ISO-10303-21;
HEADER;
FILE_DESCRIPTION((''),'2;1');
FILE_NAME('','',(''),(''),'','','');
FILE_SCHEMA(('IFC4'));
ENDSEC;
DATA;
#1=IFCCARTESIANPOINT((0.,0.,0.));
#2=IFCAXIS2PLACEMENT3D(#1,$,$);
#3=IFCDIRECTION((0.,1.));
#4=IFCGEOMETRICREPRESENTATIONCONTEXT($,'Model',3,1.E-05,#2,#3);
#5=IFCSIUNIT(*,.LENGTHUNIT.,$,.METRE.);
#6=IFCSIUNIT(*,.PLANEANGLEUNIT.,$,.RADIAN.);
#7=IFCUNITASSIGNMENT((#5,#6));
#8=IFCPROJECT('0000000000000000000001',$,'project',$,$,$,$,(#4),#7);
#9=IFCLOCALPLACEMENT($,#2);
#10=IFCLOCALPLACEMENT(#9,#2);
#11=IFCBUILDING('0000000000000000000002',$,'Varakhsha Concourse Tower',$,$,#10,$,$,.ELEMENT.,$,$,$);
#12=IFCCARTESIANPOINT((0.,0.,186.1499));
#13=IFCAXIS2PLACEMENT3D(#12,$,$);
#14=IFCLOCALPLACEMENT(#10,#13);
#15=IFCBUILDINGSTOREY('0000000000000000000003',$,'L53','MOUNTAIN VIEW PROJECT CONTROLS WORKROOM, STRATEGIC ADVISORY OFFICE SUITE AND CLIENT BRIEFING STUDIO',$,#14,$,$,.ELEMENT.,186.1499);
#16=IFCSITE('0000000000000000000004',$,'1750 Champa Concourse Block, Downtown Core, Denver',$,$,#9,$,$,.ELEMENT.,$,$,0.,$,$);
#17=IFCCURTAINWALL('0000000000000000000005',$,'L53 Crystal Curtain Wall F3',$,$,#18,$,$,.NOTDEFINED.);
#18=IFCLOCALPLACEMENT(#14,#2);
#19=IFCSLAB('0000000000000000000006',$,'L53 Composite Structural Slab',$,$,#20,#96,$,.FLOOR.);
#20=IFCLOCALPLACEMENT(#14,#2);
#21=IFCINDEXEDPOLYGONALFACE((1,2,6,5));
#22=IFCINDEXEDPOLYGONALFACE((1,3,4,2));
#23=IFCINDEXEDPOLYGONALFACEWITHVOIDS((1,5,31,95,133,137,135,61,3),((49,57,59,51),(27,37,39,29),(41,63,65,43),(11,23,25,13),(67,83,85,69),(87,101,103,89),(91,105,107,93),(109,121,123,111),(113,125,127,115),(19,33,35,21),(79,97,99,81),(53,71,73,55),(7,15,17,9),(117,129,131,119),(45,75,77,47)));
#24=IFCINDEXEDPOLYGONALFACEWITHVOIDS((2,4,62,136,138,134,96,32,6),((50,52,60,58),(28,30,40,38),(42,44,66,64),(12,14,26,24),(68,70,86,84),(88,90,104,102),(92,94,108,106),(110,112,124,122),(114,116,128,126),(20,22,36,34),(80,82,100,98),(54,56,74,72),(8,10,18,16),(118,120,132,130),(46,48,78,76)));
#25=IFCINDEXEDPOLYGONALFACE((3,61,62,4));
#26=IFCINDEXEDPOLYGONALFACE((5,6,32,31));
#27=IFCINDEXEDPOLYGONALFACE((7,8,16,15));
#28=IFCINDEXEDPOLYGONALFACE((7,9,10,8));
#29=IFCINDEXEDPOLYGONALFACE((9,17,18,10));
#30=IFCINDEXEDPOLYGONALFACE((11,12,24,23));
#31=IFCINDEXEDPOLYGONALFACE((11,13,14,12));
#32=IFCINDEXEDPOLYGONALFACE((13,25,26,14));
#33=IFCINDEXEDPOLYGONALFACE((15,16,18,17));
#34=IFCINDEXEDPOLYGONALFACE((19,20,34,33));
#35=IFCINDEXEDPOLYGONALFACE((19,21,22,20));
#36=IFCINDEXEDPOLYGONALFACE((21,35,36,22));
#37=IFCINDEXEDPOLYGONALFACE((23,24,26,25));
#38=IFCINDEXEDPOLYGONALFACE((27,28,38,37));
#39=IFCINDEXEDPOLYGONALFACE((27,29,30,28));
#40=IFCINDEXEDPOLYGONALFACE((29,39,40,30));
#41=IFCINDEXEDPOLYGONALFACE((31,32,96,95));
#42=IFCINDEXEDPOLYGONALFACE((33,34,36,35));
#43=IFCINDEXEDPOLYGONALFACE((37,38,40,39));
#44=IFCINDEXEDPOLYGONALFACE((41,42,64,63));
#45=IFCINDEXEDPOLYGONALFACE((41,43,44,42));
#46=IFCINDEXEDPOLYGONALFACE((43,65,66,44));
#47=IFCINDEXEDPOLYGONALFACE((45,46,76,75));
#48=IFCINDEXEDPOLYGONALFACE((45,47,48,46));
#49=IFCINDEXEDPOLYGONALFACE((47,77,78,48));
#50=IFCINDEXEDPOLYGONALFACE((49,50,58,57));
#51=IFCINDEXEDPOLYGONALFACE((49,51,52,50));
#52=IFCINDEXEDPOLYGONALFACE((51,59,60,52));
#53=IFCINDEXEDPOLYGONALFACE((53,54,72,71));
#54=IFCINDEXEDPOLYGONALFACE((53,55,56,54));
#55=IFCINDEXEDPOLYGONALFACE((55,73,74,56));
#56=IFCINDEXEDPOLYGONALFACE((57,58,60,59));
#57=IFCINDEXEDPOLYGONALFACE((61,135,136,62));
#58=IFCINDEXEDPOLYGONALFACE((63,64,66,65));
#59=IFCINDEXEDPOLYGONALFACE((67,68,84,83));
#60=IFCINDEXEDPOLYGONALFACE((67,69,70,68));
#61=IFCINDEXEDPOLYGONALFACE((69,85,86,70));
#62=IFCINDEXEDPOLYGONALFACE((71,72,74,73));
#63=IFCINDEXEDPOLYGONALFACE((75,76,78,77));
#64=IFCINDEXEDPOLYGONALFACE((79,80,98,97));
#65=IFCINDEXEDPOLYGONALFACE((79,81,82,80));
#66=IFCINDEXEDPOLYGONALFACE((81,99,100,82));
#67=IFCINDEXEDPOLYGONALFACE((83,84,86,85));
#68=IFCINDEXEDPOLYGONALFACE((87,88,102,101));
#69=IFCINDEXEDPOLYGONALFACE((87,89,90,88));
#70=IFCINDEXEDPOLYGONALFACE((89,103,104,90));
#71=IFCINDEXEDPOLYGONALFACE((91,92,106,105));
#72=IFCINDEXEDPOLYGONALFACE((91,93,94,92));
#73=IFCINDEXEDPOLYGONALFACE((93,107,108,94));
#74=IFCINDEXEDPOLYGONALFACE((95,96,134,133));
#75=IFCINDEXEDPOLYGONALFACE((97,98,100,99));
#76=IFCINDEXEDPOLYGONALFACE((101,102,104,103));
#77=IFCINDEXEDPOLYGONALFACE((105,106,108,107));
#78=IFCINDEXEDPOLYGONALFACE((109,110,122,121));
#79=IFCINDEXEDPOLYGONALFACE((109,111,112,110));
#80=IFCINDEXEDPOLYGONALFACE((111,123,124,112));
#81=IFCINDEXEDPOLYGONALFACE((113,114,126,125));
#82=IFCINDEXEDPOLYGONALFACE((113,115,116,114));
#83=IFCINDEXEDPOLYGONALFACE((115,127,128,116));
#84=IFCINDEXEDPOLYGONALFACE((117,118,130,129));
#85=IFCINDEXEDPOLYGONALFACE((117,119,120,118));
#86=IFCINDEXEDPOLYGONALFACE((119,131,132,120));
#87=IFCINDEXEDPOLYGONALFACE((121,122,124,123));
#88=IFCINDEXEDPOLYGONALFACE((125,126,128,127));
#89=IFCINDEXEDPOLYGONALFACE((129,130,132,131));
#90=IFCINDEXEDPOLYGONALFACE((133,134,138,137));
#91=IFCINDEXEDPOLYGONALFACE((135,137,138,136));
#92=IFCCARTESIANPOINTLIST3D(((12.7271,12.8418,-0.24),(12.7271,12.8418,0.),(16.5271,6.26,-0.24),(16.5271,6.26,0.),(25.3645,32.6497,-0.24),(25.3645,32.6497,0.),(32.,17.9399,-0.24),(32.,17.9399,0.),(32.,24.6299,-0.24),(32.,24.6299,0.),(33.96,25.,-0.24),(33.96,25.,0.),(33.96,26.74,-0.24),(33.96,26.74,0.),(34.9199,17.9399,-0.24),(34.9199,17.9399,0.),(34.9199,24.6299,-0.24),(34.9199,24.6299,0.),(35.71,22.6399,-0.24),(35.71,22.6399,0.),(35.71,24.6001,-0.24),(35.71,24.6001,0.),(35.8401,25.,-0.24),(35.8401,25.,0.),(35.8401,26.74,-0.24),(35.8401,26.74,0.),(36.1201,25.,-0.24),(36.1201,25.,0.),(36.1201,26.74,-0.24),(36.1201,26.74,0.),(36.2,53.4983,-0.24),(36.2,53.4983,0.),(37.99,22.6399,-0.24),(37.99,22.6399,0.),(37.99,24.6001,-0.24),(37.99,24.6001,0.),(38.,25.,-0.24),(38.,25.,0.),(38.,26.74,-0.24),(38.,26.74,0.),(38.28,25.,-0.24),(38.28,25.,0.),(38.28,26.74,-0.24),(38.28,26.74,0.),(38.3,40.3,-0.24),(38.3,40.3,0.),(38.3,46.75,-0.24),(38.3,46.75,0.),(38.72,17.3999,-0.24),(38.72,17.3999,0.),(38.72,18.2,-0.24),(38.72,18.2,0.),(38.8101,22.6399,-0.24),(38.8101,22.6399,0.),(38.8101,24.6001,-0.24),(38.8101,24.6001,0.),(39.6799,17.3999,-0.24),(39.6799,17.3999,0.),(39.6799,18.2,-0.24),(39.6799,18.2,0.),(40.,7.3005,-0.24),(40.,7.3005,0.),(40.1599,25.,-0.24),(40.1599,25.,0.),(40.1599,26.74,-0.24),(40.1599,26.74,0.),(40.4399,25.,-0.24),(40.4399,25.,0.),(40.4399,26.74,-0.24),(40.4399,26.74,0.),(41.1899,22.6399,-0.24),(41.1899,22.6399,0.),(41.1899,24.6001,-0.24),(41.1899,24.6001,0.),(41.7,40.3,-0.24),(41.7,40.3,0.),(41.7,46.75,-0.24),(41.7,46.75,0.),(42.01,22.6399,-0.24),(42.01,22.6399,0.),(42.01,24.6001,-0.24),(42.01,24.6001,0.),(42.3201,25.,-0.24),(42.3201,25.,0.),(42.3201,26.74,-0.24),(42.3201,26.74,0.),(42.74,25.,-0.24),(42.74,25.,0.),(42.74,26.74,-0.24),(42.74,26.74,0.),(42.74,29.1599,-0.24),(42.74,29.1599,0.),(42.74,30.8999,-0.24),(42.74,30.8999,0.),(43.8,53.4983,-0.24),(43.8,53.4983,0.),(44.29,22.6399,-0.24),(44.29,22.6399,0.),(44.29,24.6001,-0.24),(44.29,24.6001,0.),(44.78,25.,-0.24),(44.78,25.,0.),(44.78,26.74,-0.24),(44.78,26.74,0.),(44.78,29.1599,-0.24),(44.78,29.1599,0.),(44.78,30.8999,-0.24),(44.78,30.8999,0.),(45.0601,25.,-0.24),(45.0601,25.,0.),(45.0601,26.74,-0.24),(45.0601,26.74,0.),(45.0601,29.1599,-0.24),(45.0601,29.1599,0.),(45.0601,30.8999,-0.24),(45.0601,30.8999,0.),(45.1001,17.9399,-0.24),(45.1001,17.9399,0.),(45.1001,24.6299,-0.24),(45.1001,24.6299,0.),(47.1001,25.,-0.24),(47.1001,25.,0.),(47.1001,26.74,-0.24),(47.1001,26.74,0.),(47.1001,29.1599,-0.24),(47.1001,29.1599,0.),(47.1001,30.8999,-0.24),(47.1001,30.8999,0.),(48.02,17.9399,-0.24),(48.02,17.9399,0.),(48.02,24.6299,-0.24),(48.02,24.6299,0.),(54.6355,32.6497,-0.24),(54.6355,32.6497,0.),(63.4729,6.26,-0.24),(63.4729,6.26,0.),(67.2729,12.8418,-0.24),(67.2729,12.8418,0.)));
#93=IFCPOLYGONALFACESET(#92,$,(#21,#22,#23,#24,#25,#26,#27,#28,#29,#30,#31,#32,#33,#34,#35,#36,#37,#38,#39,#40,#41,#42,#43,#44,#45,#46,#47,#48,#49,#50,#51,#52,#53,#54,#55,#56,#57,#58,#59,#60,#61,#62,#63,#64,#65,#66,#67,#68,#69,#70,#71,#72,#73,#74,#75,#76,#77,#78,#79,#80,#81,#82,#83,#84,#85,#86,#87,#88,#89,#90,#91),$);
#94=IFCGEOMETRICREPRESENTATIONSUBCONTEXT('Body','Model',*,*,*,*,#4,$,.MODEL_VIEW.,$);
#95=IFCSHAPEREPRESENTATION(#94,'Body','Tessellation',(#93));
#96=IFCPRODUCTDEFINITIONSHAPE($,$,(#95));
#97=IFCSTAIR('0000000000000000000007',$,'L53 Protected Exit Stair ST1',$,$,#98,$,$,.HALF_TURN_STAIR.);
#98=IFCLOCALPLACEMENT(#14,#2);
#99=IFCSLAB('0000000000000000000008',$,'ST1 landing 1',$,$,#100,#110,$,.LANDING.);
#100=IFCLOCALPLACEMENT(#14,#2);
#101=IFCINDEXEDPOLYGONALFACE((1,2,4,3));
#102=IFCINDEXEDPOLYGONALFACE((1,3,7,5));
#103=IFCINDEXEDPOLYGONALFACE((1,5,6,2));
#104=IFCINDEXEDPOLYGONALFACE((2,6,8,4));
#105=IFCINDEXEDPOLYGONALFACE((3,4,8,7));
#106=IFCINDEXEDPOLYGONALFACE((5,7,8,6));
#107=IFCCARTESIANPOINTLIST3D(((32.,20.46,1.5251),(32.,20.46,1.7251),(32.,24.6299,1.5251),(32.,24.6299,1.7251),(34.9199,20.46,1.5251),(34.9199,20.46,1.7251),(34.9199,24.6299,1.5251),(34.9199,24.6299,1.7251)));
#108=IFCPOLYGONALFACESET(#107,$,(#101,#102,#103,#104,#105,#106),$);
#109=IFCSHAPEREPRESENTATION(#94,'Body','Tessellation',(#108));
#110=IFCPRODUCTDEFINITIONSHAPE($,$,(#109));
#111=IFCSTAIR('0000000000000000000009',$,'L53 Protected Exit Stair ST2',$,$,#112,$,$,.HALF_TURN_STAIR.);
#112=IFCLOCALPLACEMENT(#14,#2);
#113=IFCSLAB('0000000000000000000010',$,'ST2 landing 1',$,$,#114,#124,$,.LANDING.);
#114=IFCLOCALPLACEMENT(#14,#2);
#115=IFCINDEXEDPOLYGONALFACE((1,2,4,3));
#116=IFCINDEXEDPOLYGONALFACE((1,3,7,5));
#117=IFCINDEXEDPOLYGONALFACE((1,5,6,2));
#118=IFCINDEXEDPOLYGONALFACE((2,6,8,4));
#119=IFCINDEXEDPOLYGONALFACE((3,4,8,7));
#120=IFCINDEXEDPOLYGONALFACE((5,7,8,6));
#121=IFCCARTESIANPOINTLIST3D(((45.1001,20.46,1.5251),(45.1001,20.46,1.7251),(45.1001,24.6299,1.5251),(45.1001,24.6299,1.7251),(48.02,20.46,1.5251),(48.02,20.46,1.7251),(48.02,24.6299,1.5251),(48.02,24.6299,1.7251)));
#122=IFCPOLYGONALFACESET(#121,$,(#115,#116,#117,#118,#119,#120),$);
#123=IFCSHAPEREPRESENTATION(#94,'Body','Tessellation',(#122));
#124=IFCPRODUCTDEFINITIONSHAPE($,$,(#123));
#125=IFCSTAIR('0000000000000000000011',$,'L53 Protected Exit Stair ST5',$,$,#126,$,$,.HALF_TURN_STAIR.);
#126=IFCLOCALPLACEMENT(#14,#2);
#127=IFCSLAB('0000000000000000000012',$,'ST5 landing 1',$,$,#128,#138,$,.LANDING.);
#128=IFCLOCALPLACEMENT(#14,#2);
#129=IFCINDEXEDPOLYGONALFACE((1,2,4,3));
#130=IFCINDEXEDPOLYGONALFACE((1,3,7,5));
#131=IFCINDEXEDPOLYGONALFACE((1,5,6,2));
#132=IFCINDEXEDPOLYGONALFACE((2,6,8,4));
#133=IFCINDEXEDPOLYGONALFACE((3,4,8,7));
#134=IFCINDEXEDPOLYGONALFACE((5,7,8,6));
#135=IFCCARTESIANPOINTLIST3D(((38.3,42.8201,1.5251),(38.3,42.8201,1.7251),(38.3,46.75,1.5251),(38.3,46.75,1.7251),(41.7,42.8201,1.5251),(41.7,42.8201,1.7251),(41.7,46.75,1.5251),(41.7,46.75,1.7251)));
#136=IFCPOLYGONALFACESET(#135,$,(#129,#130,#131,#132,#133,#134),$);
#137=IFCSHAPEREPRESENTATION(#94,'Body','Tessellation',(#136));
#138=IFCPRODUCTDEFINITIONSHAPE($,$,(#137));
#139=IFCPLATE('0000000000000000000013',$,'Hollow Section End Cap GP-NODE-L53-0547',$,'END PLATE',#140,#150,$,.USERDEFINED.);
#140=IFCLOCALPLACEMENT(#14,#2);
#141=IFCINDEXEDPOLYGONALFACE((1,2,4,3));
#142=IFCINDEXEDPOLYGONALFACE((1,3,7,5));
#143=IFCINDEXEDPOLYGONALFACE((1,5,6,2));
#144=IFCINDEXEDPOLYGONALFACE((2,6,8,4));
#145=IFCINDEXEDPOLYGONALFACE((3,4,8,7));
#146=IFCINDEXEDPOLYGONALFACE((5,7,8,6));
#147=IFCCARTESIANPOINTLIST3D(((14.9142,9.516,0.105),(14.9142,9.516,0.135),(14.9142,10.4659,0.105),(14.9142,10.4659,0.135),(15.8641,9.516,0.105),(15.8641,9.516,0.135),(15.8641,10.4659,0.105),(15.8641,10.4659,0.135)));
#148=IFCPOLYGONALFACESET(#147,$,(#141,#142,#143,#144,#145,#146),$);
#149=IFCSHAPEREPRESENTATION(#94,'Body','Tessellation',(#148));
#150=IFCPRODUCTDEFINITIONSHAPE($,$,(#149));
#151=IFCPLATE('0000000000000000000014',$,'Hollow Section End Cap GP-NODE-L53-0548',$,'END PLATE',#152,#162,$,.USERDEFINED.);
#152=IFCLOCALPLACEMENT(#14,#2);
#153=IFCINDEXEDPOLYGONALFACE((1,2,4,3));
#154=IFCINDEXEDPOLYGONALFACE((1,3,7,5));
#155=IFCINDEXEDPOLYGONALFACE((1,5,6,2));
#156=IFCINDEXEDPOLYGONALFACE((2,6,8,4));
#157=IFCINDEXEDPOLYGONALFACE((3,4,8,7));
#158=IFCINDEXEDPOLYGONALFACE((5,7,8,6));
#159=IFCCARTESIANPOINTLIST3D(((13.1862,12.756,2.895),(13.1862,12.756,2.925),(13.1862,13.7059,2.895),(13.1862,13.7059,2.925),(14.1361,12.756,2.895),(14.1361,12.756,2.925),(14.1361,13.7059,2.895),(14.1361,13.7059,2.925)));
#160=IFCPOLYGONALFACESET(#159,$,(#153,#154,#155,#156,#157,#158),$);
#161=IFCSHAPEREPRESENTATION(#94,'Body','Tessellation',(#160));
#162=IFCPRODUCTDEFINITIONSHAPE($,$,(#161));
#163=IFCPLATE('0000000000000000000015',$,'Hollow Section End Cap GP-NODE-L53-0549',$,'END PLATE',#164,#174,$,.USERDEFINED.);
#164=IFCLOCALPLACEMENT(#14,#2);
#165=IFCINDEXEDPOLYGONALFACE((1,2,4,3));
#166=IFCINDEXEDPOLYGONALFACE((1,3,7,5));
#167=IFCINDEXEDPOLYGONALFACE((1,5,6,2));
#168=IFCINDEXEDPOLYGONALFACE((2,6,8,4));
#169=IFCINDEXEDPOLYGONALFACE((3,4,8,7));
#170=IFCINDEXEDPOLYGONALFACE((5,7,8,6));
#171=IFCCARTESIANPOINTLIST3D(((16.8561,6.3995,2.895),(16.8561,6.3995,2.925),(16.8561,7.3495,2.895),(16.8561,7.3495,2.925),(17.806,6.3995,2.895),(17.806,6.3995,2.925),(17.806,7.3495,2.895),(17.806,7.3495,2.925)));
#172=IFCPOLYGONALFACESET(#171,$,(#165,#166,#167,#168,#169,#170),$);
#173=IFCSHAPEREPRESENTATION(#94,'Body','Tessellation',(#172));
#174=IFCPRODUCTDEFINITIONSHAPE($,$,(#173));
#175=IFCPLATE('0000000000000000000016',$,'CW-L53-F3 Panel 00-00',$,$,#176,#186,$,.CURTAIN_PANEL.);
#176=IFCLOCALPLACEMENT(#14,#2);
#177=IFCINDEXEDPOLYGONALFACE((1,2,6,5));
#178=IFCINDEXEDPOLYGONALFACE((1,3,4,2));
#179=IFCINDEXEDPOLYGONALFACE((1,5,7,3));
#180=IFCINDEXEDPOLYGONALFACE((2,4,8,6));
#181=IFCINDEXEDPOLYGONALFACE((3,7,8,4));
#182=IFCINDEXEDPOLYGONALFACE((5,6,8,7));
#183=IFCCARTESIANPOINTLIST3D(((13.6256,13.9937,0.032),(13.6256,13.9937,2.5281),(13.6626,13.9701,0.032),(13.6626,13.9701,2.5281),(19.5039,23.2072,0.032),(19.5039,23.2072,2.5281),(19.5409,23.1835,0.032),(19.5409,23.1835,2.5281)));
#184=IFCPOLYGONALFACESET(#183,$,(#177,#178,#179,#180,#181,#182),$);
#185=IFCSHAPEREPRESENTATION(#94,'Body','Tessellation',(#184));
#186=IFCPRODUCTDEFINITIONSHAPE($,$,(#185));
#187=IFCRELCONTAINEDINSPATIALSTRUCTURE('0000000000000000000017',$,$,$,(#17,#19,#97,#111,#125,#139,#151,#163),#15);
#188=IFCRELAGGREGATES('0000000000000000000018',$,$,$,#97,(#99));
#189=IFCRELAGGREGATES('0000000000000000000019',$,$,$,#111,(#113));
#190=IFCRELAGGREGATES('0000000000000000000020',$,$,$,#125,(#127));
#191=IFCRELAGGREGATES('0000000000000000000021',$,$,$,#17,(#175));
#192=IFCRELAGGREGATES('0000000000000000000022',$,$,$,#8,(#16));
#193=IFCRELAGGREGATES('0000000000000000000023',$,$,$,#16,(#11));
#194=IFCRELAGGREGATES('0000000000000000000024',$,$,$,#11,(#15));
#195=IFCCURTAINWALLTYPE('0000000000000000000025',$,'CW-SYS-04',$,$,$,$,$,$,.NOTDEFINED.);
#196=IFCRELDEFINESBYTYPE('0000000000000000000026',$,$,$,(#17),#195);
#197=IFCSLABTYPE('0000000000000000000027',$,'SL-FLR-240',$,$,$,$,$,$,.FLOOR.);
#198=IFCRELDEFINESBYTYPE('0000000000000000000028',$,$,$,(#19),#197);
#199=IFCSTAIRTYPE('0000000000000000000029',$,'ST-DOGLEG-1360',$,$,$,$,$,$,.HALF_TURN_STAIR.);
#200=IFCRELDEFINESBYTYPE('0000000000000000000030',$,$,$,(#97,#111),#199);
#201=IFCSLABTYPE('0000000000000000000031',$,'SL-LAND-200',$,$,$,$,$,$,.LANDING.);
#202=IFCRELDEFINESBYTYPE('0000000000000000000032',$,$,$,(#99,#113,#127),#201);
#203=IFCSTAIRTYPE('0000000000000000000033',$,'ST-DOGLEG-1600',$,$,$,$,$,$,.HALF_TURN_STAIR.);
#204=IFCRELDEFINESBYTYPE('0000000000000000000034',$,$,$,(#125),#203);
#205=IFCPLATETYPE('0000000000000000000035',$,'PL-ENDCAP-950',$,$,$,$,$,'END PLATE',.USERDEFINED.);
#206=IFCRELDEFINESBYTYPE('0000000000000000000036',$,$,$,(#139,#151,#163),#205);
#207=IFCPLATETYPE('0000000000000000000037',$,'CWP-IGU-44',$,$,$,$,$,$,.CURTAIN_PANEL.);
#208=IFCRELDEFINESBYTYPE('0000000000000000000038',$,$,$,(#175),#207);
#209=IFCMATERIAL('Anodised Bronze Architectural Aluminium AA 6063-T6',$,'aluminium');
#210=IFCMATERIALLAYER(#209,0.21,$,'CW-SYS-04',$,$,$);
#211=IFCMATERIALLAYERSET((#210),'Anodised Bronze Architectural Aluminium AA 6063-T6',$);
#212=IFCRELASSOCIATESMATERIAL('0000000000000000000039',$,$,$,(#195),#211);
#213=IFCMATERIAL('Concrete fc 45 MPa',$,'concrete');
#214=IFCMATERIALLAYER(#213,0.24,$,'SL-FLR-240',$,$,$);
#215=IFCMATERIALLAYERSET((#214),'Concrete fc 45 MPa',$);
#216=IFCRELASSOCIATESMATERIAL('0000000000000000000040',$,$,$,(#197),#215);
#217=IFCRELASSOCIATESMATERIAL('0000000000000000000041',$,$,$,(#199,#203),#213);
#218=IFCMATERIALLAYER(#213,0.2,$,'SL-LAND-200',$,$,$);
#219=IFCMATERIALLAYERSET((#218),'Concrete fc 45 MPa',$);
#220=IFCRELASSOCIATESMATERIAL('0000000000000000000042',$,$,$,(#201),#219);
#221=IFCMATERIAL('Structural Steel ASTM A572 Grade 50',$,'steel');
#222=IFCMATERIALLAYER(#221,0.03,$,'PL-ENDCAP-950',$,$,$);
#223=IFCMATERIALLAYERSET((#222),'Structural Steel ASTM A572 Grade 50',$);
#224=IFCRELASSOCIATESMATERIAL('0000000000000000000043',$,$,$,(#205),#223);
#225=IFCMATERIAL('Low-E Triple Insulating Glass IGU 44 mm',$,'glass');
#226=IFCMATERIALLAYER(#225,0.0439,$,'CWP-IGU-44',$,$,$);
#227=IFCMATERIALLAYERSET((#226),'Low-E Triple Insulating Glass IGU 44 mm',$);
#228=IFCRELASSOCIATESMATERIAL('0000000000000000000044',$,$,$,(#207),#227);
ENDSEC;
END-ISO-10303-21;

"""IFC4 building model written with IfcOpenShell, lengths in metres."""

from ifc_helpers import new_model, si_unit, direction, frame, origin, origin_2d, place, context, subcontext, project, spatial, polyline, rectangle, outline, extrude, source, transform, mapped, material, layer, layer_set, type_object, type_shapes, element, aggregate, save


model = new_model("IFC4")

# Units and contexts
model_context = context("Model", 3, precision=1e-05, world=origin(), true_north=direction((0.0, 1.0)))
body_context = subcontext(model_context, "Body", "Model", "MODEL_VIEW")
ifc_project = project(units=[si_unit("LENGTHUNIT", "METRE"), si_unit("PLANEANGLEUNIT", "RADIAN")], contexts=[model_context])

# Site, building, storey
site_placement = place(None, origin())
site = spatial("IfcSite", under=ifc_project, at=site_placement, Name="1750 Champa Concourse Block, Downtown Core, Denver", CompositionType="ELEMENT", RefElevation=0.0)
building_placement = place(site_placement, origin())
building = spatial("IfcBuilding", under=site, at=building_placement, Name="Varakhsha Concourse Tower", CompositionType="ELEMENT")
storey_placement = place(building_placement, frame((0.0, 0.0, 186.1499)))
storey = spatial("IfcBuildingStorey", under=building, at=storey_placement, Name="L53", Description="MOUNTAIN VIEW PROJECT CONTROLS WORKROOM, STRATEGIC ADVISORY OFFICE SUITE AND CLIENT BRIEFING STUDIO", CompositionType="ELEMENT", Elevation=186.1499)

# Shared definitions
ifc_material_1 = material(Name="Structural Steel ASTM A572 Grade 50", Category="steel")

# Curtain wall
ifc_material_2 = material(Name="Anodised Bronze Architectural Aluminium AA 6063-T6", Category="aluminium")
ifc_layer_1 = layer(ifc_material_2, 0.21, Name="CW-SYS-04")
ifc_layer_set_1 = layer_set([ifc_layer_1], Name="Anodised Bronze Architectural Aluminium AA 6063-T6")
curtain_wall_type = type_object("IfcCurtainWallType", Name="CW-SYS-04", PredefinedType="NOTDEFINED", material=ifc_layer_set_1)
curtain_wall_1_placement = place(storey_placement, origin())
curtain_wall_1 = element("IfcCurtainWall", 1, at=curtain_wall_1_placement, inside=storey, type_object=curtain_wall_type, Name="L53 Crystal Curtain Wall F3", PredefinedType="NOTDEFINED")

# Slab
ifc_material_3 = material(Name="Concrete fc 45 MPa", Category="concrete")
ifc_layer_2 = layer(ifc_material_3, 0.24, Name="SL-FLR-240")
ifc_layer_set_2 = layer_set([ifc_layer_2], Name="Concrete fc 45 MPa")
slab_type_1 = type_object("IfcSlabType", Name="SL-FLR-240", PredefinedType="FLOOR", material=ifc_layer_set_2)
slab_1_placement = place(storey_placement, frame((0.0, 0.0, -0.24)))
element("IfcSlab", 2, at=slab_1_placement, inside=storey, type_object=slab_type_1, Name="L53 Composite Structural Slab", PredefinedType="FLOOR", context=body_context, shape_type="SweptSolid", body=[
    extrude(outline(polyline([(43.8, 53.4983), (36.2, 53.4983), (25.3645, 32.6497), (12.7271, 12.8418), (16.5271, 6.26), (40.0, 7.3005), (63.4729, 6.26), (67.2729, 12.8418), (54.6355, 32.6497), (43.8, 53.4983)]), holes=[polyline([(34.9199, 17.9399), (34.9199, 24.6299), (32.0, 24.6299), (32.0, 17.9399), (34.9199, 17.9399)]), polyline([(48.02, 17.9399), (48.02, 24.6299), (45.1001, 24.6299), (45.1001, 17.9399), (48.02, 17.9399)]), polyline([(41.7, 40.3), (41.7, 46.75), (38.3, 46.75), (38.3, 40.3), (41.7, 40.3)]), polyline([(33.96, 25.0), (35.8401, 25.0), (35.8401, 26.74), (33.96, 26.74), (33.96, 25.0)]), polyline([(36.1201, 25.0), (38.0, 25.0), (38.0, 26.74), (36.1201, 26.74), (36.1201, 25.0)]), polyline([(38.28, 25.0), (40.1599, 25.0), (40.1599, 26.74), (38.28, 26.74), (38.28, 25.0)]), polyline([(40.4399, 25.0), (42.3201, 25.0), (42.3201, 26.74), (40.4399, 26.74), (40.4399, 25.0)]), polyline([(42.74, 29.1599), (44.78, 29.1599), (44.78, 30.8999), (42.74, 30.8999), (42.74, 29.1599)]), polyline([(45.0601, 29.1599), (47.1001, 29.1599), (47.1001, 30.8999), (45.0601, 30.8999), (45.0601, 29.1599)]), polyline([(42.74, 25.0), (44.78, 25.0), (44.78, 26.74), (42.74, 26.74), (42.74, 25.0)]), polyline([(45.0601, 25.0), (47.1001, 25.0), (47.1001, 26.74), (45.0601, 26.74), (45.0601, 25.0)]), polyline([(35.71, 22.6399), (37.99, 22.6399), (37.99, 24.6001), (35.71, 24.6001), (35.71, 22.6399)]), polyline([(42.01, 22.6399), (44.29, 22.6399), (44.29, 24.6001), (42.01, 24.6001), (42.01, 22.6399)]), polyline([(38.8101, 22.6399), (41.1899, 22.6399), (41.1899, 24.6001), (38.8101, 24.6001), (38.8101, 22.6399)]), polyline([(38.72, 17.3999), (39.6799, 17.3999), (39.6799, 18.2), (38.72, 18.2), (38.72, 17.3999)])]), origin(), (0.0, 0.0, 1.0), 0.24),
])

# Stairs, slabs
stair_type_1 = type_object("IfcStairType", Name="ST-DOGLEG-1360", PredefinedType="HALF_TURN_STAIR", material=ifc_material_3)
stair_1_placement = place(storey_placement, origin())
stair_1 = element("IfcStair", 3, at=stair_1_placement, inside=storey, type_object=stair_type_1, Name="L53 Protected Exit Stair ST1", PredefinedType="HALF_TURN_STAIR")
ifc_layer_3 = layer(ifc_material_3, 0.2, Name="SL-LAND-200")
ifc_layer_set_3 = layer_set([ifc_layer_3], Name="Concrete fc 45 MPa")
slab_type_2 = type_object("IfcSlabType", Name="SL-LAND-200", PredefinedType="LANDING", material=ifc_layer_set_3)
slab_2_placement = place(storey_placement, frame((0.0, 0.0, 1.5251)))
slab_2 = element("IfcSlab", 4, at=slab_2_placement, type_object=slab_type_2, Name="ST1 landing 1", PredefinedType="LANDING", context=body_context, shape_type="SweptSolid", body=[
    extrude(outline(polyline([(34.9199, 20.46), (34.9199, 24.6299), (32.0, 24.6299), (32.0, 20.46), (34.9199, 20.46)])), origin(), (0.0, 0.0, 1.0), 0.2),
])
aggregate(stair_1, [slab_2])
stair_2_placement = place(storey_placement, origin())
stair_2 = element("IfcStair", 5, at=stair_2_placement, inside=storey, type_object=stair_type_1, Name="L53 Protected Exit Stair ST2", PredefinedType="HALF_TURN_STAIR")
slab_3_placement = place(storey_placement, frame((0.0, 0.0, 1.5251)))
slab_3 = element("IfcSlab", 6, at=slab_3_placement, type_object=slab_type_2, Name="ST2 landing 1", PredefinedType="LANDING", context=body_context, shape_type="SweptSolid", body=[
    extrude(outline(polyline([(48.02, 20.46), (48.02, 24.6299), (45.1001, 24.6299), (45.1001, 20.46), (48.02, 20.46)])), origin(), (0.0, 0.0, 1.0), 0.2),
])
aggregate(stair_2, [slab_3])
stair_type_2 = type_object("IfcStairType", Name="ST-DOGLEG-1600", PredefinedType="HALF_TURN_STAIR", material=ifc_material_3)
stair_3_placement = place(storey_placement, origin())
stair_3 = element("IfcStair", 7, at=stair_3_placement, inside=storey, type_object=stair_type_2, Name="L53 Protected Exit Stair ST5", PredefinedType="HALF_TURN_STAIR")
slab_4_placement = place(storey_placement, frame((0.0, 0.0, 1.5251)))
slab_4 = element("IfcSlab", 8, at=slab_4_placement, type_object=slab_type_2, Name="ST5 landing 1", PredefinedType="LANDING", context=body_context, shape_type="SweptSolid", body=[
    extrude(outline(polyline([(41.7, 42.8201), (41.7, 46.75), (38.3, 46.75), (38.3, 42.8201), (41.7, 42.8201)])), origin(), (0.0, 0.0, 1.0), 0.2),
])
aggregate(stair_3, [slab_4])

# Plates
ifc_layer_4 = layer(ifc_material_1, 0.03, Name="PL-ENDCAP-950")
ifc_layer_set_4 = layer_set([ifc_layer_4], Name="Structural Steel ASTM A572 Grade 50")
plate_type_1 = type_object("IfcPlateType", Name="PL-ENDCAP-950", ElementType="END PLATE", PredefinedType="USERDEFINED", material=ifc_layer_set_4)
shared_shape_1 = source(origin(), body_context, "Body", "SweptSolid", [
    extrude(rectangle(XDim=0.95, YDim=0.95, at=origin_2d()), origin(), (0.0, 0.0, 1.0), 0.03),
])
type_shapes(plate_type_1, [shared_shape_1])
for number, where, z_axis, x_axis, name in (
    (9, (15.3892, 9.991, 0.105), (0.0, 0.0, 1.0), (1.0, 0.0, 0.0), "Hollow Section End Cap GP-NODE-L53-0547"),
    (10, (13.6611, 13.231, 2.895), (0.0, 0.0, 1.0), (1.0, 0.0, 0.0), "Hollow Section End Cap GP-NODE-L53-0548"),
    (11, (17.3311, 6.8745, 2.895), (0.0, 0.0, 1.0), (1.0, 0.0, 0.0), "Hollow Section End Cap GP-NODE-L53-0549"),
):
    element("IfcPlate", number, at=place(storey_placement, frame(where, z_axis=z_axis, x_axis=x_axis)), inside=storey, type_object=plate_type_1, Name=name, ObjectType="END PLATE", PredefinedType="USERDEFINED", context=body_context, shape_type="MappedRepresentation", body=[
        mapped(shared_shape_1, transform((0.0, 0.0, 0.0), scale=1.0)),
    ])

# Plate
ifc_material_4 = material(Name="Low-E Triple Insulating Glass IGU 44 mm", Category="glass")
ifc_layer_5 = layer(ifc_material_4, 0.0439, Name="CWP-IGU-44")
ifc_layer_set_5 = layer_set([ifc_layer_5], Name="Low-E Triple Insulating Glass IGU 44 mm")
plate_type_2 = type_object("IfcPlateType", Name="CWP-IGU-44", PredefinedType="CURTAIN_PANEL", material=ifc_layer_set_5)
shared_shape_2 = source(origin(), body_context, "Body", "SweptSolid", [
    extrude(rectangle(XDim=10.929, YDim=0.0439, at=origin_2d()), origin(), (0.0, 0.0, 1.0), 2.4961),
])
plate_1_placement = place(storey_placement, frame((16.5833, 18.5886, 0.032), z_axis=(0.0, 0.0, 1.0), x_axis=(0.537863, 0.843032, 0.0)))
plate_1 = element("IfcPlate", 12, at=plate_1_placement, type_object=plate_type_2, Name="CW-L53-F3 Panel 00-00", PredefinedType="CURTAIN_PANEL", context=body_context, shape_type="MappedRepresentation", body=[
    mapped(shared_shape_2, transform((0.0, 0.0, 0.0), scale=1.0)),
])
aggregate(curtain_wall_1, [plate_1])

save(model, "model.ifc")
